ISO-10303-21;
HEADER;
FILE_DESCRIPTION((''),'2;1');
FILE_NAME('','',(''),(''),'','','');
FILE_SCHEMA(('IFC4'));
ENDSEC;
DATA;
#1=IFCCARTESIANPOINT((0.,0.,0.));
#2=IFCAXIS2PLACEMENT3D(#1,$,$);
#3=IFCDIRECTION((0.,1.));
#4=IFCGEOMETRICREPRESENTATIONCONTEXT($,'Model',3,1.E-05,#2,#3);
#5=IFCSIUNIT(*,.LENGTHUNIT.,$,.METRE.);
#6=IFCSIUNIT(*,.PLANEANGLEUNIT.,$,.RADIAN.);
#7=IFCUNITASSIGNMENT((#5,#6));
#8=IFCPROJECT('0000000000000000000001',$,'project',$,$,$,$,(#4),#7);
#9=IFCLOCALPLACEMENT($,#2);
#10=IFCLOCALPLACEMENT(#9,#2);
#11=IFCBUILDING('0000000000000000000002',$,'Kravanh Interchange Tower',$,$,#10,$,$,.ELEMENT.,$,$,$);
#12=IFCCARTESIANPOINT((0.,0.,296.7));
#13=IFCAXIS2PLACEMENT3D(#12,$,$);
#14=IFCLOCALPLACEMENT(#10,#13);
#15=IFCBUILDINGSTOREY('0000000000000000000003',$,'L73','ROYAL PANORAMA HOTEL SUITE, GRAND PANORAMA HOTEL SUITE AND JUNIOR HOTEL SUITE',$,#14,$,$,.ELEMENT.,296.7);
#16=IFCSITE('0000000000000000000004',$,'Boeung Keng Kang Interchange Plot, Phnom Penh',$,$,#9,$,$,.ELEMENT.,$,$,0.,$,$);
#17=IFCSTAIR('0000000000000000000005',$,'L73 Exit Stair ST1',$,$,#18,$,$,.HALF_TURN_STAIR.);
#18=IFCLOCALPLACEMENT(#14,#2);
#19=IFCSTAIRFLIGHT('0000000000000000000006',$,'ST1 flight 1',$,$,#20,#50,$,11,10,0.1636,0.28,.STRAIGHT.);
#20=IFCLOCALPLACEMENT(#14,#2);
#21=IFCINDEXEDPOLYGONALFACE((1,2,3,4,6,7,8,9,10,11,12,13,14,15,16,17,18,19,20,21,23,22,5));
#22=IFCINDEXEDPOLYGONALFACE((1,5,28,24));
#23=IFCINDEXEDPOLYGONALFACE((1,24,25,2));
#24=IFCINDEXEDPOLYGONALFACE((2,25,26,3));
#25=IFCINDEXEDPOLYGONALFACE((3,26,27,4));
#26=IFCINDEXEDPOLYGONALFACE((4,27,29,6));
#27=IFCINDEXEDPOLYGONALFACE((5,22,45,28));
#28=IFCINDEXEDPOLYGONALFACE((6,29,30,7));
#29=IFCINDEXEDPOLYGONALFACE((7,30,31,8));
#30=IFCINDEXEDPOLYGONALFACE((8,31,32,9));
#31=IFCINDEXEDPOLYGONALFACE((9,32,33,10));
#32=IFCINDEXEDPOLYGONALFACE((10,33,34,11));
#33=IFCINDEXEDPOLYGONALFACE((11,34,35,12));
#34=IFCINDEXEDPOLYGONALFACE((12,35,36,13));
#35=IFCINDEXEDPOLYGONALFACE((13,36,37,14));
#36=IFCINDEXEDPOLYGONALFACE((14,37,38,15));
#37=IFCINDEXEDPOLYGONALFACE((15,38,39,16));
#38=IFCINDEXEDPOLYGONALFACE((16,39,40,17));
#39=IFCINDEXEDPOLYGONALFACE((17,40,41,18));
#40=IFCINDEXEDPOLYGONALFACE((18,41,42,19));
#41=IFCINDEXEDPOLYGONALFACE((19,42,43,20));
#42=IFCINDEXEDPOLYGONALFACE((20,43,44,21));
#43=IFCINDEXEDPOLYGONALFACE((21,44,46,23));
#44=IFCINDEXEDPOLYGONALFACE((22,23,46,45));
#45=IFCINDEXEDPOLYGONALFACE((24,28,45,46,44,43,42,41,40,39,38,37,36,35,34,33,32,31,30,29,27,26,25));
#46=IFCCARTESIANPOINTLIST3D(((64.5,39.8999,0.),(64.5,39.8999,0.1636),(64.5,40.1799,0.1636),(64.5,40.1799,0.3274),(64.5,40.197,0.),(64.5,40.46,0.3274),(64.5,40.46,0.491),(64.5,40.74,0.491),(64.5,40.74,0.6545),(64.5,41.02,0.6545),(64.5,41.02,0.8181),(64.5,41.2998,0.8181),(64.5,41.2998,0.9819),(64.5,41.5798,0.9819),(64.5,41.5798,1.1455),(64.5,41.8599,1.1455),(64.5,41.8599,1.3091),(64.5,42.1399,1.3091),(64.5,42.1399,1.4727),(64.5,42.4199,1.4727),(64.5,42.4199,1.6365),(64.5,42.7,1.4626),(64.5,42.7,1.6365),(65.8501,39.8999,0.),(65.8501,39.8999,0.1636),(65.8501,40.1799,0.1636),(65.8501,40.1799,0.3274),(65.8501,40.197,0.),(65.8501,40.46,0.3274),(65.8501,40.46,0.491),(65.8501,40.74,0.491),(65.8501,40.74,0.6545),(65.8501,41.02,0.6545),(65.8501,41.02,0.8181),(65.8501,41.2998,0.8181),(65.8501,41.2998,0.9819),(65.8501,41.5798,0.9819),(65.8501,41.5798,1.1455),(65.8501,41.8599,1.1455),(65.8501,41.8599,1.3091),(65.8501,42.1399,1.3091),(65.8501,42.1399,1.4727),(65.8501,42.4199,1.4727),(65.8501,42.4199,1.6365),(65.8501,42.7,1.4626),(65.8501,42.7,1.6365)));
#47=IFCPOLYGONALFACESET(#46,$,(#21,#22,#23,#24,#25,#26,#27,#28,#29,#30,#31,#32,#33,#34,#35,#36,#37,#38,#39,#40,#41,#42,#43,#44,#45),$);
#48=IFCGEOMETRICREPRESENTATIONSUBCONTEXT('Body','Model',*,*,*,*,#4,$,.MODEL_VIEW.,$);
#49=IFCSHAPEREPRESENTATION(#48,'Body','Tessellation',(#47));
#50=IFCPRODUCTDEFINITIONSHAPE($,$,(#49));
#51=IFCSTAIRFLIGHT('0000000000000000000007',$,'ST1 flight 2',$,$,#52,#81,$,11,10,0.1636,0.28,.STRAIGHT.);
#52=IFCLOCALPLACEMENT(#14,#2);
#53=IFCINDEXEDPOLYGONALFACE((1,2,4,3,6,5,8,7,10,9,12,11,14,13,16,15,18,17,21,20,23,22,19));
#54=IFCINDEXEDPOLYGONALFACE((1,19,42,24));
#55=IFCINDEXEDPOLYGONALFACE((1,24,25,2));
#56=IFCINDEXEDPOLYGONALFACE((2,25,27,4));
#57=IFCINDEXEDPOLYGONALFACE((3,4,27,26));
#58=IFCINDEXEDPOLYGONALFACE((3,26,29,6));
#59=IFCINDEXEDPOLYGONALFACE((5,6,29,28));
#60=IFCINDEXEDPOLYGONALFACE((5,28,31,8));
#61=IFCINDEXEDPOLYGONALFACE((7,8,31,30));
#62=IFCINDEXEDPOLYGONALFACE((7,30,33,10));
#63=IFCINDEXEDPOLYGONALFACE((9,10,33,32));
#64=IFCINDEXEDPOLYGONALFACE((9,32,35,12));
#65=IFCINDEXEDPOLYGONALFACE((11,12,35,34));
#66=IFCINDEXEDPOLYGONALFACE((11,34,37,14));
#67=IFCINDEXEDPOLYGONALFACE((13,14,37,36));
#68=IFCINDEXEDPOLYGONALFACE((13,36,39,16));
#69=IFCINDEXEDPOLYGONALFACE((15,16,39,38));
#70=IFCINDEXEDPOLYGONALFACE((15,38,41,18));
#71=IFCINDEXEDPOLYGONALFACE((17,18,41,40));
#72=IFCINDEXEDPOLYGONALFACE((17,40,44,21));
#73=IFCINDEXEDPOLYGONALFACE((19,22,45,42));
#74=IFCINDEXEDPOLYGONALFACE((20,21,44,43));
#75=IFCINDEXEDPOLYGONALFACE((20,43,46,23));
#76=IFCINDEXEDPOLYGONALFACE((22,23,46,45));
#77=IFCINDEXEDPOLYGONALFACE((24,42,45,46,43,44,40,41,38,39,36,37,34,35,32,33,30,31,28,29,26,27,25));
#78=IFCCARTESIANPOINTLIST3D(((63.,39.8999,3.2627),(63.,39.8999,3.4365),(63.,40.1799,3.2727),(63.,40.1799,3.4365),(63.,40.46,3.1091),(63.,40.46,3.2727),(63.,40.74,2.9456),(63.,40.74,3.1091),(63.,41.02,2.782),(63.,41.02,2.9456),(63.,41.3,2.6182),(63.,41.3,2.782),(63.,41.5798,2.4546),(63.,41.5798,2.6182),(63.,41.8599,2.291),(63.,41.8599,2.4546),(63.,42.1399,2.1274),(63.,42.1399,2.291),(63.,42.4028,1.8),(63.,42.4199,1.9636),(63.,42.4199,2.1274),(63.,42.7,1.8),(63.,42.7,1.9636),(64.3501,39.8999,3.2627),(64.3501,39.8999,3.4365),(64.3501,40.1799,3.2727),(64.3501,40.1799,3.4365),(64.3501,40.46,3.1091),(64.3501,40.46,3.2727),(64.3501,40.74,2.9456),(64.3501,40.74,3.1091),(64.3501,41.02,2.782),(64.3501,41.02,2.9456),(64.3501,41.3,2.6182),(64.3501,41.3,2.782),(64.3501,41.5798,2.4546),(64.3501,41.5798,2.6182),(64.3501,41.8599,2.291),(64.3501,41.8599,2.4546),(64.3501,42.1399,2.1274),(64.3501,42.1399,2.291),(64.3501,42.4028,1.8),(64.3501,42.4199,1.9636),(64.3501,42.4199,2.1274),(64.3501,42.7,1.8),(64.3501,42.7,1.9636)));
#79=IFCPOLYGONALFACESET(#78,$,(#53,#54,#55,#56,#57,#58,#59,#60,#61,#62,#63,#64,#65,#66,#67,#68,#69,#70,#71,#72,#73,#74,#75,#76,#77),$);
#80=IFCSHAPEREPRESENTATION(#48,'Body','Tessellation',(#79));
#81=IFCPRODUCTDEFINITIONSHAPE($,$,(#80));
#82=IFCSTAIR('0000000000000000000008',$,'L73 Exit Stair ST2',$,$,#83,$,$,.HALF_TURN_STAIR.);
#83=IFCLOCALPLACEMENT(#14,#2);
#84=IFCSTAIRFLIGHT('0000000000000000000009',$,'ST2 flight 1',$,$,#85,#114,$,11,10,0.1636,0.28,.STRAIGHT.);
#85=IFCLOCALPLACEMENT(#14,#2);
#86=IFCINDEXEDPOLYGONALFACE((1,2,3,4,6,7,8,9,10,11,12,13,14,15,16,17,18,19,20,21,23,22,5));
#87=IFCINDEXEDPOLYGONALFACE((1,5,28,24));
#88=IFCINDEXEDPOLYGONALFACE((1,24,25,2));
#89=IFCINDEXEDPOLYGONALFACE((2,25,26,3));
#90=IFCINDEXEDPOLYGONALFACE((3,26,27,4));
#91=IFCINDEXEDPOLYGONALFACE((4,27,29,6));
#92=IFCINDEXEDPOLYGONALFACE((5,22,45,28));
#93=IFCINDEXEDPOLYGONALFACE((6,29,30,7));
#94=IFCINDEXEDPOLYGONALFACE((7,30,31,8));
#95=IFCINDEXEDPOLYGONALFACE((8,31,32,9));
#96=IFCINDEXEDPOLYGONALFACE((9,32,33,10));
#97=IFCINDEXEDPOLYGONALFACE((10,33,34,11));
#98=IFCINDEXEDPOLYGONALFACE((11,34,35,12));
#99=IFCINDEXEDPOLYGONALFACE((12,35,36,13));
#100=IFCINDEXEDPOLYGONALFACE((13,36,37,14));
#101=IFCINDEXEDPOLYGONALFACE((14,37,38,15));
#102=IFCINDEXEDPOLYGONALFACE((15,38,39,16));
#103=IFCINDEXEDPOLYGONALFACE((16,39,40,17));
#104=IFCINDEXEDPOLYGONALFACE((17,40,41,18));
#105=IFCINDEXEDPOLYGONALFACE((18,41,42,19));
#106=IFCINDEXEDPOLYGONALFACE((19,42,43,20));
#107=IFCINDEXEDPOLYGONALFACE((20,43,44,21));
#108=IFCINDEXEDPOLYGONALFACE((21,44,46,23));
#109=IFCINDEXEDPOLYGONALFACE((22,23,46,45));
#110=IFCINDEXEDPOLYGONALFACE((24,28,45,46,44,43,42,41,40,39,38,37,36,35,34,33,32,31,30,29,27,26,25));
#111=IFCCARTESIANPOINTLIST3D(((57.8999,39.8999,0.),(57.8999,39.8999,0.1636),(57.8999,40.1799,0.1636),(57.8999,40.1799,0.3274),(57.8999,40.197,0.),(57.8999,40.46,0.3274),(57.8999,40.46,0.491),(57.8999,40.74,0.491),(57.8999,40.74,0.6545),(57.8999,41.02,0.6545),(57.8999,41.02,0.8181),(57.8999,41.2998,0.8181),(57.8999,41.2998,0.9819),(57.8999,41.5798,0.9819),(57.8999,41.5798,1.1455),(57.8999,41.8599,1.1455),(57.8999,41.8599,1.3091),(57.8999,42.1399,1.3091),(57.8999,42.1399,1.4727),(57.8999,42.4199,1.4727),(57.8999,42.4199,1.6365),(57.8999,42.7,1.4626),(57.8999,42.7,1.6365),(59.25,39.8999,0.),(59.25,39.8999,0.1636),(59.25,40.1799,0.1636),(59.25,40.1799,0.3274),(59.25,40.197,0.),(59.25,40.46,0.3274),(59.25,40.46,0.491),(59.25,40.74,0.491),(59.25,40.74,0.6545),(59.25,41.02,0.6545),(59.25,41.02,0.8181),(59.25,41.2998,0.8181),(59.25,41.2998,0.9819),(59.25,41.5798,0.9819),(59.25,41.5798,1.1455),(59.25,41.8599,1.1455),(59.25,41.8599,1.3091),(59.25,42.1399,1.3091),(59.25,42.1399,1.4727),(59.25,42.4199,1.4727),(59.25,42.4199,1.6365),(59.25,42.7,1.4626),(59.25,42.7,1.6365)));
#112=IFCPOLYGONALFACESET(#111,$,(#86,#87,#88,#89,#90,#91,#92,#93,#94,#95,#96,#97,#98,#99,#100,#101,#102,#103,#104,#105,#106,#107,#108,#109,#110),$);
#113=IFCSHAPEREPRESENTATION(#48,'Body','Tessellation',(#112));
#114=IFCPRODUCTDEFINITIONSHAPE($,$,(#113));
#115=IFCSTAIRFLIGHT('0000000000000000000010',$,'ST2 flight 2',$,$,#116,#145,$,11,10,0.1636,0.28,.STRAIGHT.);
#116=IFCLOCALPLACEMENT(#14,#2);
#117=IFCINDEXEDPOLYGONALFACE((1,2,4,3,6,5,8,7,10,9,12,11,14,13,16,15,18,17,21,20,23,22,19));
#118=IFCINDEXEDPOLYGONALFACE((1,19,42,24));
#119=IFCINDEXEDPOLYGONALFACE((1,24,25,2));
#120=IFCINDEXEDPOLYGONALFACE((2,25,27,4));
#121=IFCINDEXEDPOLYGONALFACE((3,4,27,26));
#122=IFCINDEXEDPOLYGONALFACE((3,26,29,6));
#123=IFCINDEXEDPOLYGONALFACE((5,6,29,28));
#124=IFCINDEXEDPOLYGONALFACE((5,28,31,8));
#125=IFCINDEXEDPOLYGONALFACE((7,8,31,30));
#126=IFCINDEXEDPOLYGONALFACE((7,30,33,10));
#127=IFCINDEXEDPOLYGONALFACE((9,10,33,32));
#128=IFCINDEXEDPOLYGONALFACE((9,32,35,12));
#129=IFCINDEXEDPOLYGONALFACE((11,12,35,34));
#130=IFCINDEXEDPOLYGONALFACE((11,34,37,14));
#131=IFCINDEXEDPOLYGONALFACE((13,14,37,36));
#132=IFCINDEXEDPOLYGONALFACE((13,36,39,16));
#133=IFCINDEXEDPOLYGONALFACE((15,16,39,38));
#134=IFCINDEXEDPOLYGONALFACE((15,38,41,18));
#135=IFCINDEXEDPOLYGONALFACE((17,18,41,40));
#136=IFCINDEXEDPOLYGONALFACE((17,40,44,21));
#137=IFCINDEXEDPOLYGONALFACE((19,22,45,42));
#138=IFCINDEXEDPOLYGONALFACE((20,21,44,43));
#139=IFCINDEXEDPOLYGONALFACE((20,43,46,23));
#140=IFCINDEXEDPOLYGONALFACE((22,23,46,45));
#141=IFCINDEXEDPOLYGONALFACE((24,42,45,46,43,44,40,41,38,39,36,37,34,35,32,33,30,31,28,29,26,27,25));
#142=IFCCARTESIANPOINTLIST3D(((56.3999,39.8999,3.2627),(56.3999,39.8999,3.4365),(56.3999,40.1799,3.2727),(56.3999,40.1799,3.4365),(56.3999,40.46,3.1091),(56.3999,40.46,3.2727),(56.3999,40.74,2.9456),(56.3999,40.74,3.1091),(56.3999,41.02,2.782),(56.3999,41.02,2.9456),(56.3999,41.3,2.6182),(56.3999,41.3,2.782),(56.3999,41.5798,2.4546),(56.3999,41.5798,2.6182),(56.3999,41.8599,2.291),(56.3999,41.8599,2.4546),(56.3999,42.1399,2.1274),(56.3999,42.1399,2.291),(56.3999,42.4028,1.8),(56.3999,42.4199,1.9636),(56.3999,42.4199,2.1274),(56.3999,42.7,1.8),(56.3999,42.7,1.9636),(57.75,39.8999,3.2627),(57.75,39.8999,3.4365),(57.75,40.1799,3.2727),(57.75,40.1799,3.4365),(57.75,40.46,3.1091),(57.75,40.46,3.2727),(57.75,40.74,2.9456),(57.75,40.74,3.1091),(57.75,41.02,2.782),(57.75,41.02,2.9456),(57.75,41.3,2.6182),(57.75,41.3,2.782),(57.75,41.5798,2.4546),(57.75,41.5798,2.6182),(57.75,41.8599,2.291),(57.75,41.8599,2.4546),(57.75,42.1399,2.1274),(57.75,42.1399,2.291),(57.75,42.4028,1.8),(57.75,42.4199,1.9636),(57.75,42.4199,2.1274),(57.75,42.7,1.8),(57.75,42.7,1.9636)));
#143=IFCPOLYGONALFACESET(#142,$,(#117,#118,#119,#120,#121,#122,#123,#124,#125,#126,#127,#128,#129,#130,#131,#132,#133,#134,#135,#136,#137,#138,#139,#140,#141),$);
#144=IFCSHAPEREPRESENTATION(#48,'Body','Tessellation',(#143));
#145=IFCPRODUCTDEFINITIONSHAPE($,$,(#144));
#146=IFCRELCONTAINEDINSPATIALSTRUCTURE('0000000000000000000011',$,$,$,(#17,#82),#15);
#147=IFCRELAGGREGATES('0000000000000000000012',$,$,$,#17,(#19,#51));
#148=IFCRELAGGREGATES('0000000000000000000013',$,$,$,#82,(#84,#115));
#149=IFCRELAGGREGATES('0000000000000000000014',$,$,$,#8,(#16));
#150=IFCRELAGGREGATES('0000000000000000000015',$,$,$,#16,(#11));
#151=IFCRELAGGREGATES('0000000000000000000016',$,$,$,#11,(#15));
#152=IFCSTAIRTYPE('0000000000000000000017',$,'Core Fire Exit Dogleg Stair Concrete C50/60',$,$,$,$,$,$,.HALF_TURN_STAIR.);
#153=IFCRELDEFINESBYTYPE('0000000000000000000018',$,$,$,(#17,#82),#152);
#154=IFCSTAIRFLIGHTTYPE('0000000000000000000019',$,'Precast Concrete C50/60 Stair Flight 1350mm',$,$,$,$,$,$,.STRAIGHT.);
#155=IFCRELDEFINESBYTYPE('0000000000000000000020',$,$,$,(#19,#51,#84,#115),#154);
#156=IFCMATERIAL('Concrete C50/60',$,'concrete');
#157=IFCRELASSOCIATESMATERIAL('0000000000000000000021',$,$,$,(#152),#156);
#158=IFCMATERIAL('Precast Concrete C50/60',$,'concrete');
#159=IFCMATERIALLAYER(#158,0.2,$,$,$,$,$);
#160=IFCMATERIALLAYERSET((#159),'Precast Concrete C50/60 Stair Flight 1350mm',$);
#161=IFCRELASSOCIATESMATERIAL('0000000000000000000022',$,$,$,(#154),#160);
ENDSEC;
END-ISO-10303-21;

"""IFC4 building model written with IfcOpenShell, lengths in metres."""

from ifc_helpers import new_model, si_unit, direction, frame, origin, place, context, subcontext, project, spatial, polyline, outline, extrude, material, layer, layer_set, type_object, element, aggregate, save


model = new_model("IFC4")

# Units and contexts
model_context = context("Model", 3, precision=1e-05, world=origin(), true_north=direction((0.0, 1.0)))
body_context = subcontext(model_context, "Body", "Model", "MODEL_VIEW")
ifc_project = project(units=[si_unit("LENGTHUNIT", "METRE"), si_unit("PLANEANGLEUNIT", "RADIAN")], contexts=[model_context])

# Site, building, storey
site_placement = place(None, origin())
site = spatial("IfcSite", under=ifc_project, at=site_placement, Name="Boeung Keng Kang Interchange Plot, Phnom Penh", CompositionType="ELEMENT", RefElevation=0.0)
building_placement = place(site_placement, origin())
building = spatial("IfcBuilding", under=site, at=building_placement, Name="Kravanh Interchange Tower", CompositionType="ELEMENT")
storey_placement = place(building_placement, frame((0.0, 0.0, 296.7)))
storey = spatial("IfcBuildingStorey", under=building, at=storey_placement, Name="L73", Description="ROYAL PANORAMA HOTEL SUITE, GRAND PANORAMA HOTEL SUITE AND JUNIOR HOTEL SUITE", CompositionType="ELEMENT", Elevation=296.7)

# Stairs, stair flights
ifc_material_1 = material(Name="Concrete C50/60", Category="concrete")
stair_type = type_object("IfcStairType", Name="Core Fire Exit Dogleg Stair Concrete C50/60", PredefinedType="HALF_TURN_STAIR", material=ifc_material_1)
stair_1_placement = place(storey_placement, origin())
stair_1 = element("IfcStair", 1, at=stair_1_placement, inside=storey, type_object=stair_type, Name="L73 Exit Stair ST1", PredefinedType="HALF_TURN_STAIR")
ifc_material_2 = material(Name="Precast Concrete C50/60", Category="concrete")
ifc_layer_1 = layer(ifc_material_2, 0.2)
ifc_layer_set_1 = layer_set([ifc_layer_1], Name="Precast Concrete C50/60 Stair Flight 1350mm")
stair_flight_type = type_object("IfcStairFlightType", Name="Precast Concrete C50/60 Stair Flight 1350mm", PredefinedType="STRAIGHT", material=ifc_layer_set_1)
stair_flight_1_placement = place(storey_placement, frame((65.175, 39.8999, 0.0), z_axis=(0.0, 0.0, 1.0), x_axis=(0.0, 1.0, 0.0)))
stair_flight_1 = element("IfcStairFlight", 2, at=stair_flight_1_placement, type_object=stair_flight_type, Name="ST1 flight 1", NumberOfRisers=11, NumberOfTreads=10, PredefinedType="STRAIGHT", RiserHeight=0.1636, TreadLength=0.28, context=body_context, shape_type="SweptSolid", body=[
    extrude(outline(polyline([(0.0, 0.0), (0.0, 0.1636), (0.28, 0.1636), (0.28, 0.3274), (0.5601, 0.3274), (0.5601, 0.491), (0.8401, 0.491), (0.8401, 0.6545), (1.1201, 0.6545), (1.1201, 0.8181), (1.3999, 0.8181), (1.3999, 0.9819), (1.6799, 0.9819), (1.6799, 1.1455), (1.96, 1.1455), (1.96, 1.3091), (2.24, 1.3091), (2.24, 1.4727), (2.52, 1.4727), (2.52, 1.6365), (2.8, 1.6365), (2.8, 1.8), (2.8, 1.4626), (0.2971, 0.0), (0.0, 0.0)])), frame((0.0, 0.675, 0.0), z_axis=(0.0, -1.0, 0.0), x_axis=(1.0, 0.0, 0.0)), (0.0, 0.0, 1.0), 1.3501),
])
stair_flight_2_placement = place(storey_placement, frame((63.675, 42.7, 1.8), z_axis=(0.0, 0.0, 1.0), x_axis=(0.0, -1.0, 0.0)))
stair_flight_2 = element("IfcStairFlight", 3, at=stair_flight_2_placement, type_object=stair_flight_type, Name="ST1 flight 2", NumberOfRisers=11, NumberOfTreads=10, PredefinedType="STRAIGHT", RiserHeight=0.1636, TreadLength=0.28, context=body_context, shape_type="SweptSolid", body=[
    extrude(outline(polyline([(0.0, 0.0), (0.0, 0.1636), (0.28, 0.1636), (0.28, 0.3274), (0.5601, 0.3274), (0.5601, 0.491), (0.8401, 0.491), (0.8401, 0.6545), (1.1201, 0.6545), (1.1201, 0.8181), (1.3999, 0.8181), (1.3999, 0.9819), (1.6799, 0.9819), (1.6799, 1.1455), (1.96, 1.1455), (1.96, 1.3091), (2.24, 1.3091), (2.24, 1.4727), (2.52, 1.4727), (2.52, 1.6365), (2.8, 1.6365), (2.8, 1.8), (2.8, 1.4626), (0.2971, 0.0), (0.0, 0.0)])), frame((0.0, 0.675, 0.0), z_axis=(0.0, -1.0, 0.0), x_axis=(1.0, 0.0, 0.0)), (0.0, 0.0, 1.0), 1.3501),
])
aggregate(stair_1, [stair_flight_1, stair_flight_2])
stair_2_placement = place(storey_placement, origin())
stair_2 = element("IfcStair", 4, at=stair_2_placement, inside=storey, type_object=stair_type, Name="L73 Exit Stair ST2", PredefinedType="HALF_TURN_STAIR")
stair_flight_3_placement = place(storey_placement, frame((58.575, 39.8999, 0.0), z_axis=(0.0, 0.0, 1.0), x_axis=(0.0, 1.0, 0.0)))
stair_flight_3 = element("IfcStairFlight", 5, at=stair_flight_3_placement, type_object=stair_flight_type, Name="ST2 flight 1", NumberOfRisers=11, NumberOfTreads=10, PredefinedType="STRAIGHT", RiserHeight=0.1636, TreadLength=0.28, context=body_context, shape_type="SweptSolid", body=[
    extrude(outline(polyline([(0.0, 0.0), (0.0, 0.1636), (0.28, 0.1636), (0.28, 0.3274), (0.5601, 0.3274), (0.5601, 0.491), (0.8401, 0.491), (0.8401, 0.6545), (1.1201, 0.6545), (1.1201, 0.8181), (1.3999, 0.8181), (1.3999, 0.9819), (1.6799, 0.9819), (1.6799, 1.1455), (1.96, 1.1455), (1.96, 1.3091), (2.24, 1.3091), (2.24, 1.4727), (2.52, 1.4727), (2.52, 1.6365), (2.8, 1.6365), (2.8, 1.8), (2.8, 1.4626), (0.2971, 0.0), (0.0, 0.0)])), frame((0.0, 0.675, 0.0), z_axis=(0.0, -1.0, 0.0), x_axis=(1.0, 0.0, 0.0)), (0.0, 0.0, 1.0), 1.3501),
])
stair_flight_4_placement = place(storey_placement, frame((57.075, 42.7, 1.8), z_axis=(0.0, 0.0, 1.0), x_axis=(0.0, -1.0, 0.0)))
stair_flight_4 = element("IfcStairFlight", 6, at=stair_flight_4_placement, type_object=stair_flight_type, Name="ST2 flight 2", NumberOfRisers=11, NumberOfTreads=10, PredefinedType="STRAIGHT", RiserHeight=0.1636, TreadLength=0.28, context=body_context, shape_type="SweptSolid", body=[
    extrude(outline(polyline([(0.0, 0.0), (0.0, 0.1636), (0.28, 0.1636), (0.28, 0.3274), (0.5601, 0.3274), (0.5601, 0.491), (0.8401, 0.491), (0.8401, 0.6545), (1.1201, 0.6545), (1.1201, 0.8181), (1.3999, 0.8181), (1.3999, 0.9819), (1.6799, 0.9819), (1.6799, 1.1455), (1.96, 1.1455), (1.96, 1.3091), (2.24, 1.3091), (2.24, 1.4727), (2.52, 1.4727), (2.52, 1.6365), (2.8, 1.6365), (2.8, 1.8), (2.8, 1.4626), (0.2971, 0.0), (0.0, 0.0)])), frame((0.0, 0.675, 0.0), z_axis=(0.0, -1.0, 0.0), x_axis=(1.0, 0.0, 0.0)), (0.0, 0.0, 1.0), 1.3501),
])
aggregate(stair_2, [stair_flight_3, stair_flight_4])

save(model, "model.ifc")
